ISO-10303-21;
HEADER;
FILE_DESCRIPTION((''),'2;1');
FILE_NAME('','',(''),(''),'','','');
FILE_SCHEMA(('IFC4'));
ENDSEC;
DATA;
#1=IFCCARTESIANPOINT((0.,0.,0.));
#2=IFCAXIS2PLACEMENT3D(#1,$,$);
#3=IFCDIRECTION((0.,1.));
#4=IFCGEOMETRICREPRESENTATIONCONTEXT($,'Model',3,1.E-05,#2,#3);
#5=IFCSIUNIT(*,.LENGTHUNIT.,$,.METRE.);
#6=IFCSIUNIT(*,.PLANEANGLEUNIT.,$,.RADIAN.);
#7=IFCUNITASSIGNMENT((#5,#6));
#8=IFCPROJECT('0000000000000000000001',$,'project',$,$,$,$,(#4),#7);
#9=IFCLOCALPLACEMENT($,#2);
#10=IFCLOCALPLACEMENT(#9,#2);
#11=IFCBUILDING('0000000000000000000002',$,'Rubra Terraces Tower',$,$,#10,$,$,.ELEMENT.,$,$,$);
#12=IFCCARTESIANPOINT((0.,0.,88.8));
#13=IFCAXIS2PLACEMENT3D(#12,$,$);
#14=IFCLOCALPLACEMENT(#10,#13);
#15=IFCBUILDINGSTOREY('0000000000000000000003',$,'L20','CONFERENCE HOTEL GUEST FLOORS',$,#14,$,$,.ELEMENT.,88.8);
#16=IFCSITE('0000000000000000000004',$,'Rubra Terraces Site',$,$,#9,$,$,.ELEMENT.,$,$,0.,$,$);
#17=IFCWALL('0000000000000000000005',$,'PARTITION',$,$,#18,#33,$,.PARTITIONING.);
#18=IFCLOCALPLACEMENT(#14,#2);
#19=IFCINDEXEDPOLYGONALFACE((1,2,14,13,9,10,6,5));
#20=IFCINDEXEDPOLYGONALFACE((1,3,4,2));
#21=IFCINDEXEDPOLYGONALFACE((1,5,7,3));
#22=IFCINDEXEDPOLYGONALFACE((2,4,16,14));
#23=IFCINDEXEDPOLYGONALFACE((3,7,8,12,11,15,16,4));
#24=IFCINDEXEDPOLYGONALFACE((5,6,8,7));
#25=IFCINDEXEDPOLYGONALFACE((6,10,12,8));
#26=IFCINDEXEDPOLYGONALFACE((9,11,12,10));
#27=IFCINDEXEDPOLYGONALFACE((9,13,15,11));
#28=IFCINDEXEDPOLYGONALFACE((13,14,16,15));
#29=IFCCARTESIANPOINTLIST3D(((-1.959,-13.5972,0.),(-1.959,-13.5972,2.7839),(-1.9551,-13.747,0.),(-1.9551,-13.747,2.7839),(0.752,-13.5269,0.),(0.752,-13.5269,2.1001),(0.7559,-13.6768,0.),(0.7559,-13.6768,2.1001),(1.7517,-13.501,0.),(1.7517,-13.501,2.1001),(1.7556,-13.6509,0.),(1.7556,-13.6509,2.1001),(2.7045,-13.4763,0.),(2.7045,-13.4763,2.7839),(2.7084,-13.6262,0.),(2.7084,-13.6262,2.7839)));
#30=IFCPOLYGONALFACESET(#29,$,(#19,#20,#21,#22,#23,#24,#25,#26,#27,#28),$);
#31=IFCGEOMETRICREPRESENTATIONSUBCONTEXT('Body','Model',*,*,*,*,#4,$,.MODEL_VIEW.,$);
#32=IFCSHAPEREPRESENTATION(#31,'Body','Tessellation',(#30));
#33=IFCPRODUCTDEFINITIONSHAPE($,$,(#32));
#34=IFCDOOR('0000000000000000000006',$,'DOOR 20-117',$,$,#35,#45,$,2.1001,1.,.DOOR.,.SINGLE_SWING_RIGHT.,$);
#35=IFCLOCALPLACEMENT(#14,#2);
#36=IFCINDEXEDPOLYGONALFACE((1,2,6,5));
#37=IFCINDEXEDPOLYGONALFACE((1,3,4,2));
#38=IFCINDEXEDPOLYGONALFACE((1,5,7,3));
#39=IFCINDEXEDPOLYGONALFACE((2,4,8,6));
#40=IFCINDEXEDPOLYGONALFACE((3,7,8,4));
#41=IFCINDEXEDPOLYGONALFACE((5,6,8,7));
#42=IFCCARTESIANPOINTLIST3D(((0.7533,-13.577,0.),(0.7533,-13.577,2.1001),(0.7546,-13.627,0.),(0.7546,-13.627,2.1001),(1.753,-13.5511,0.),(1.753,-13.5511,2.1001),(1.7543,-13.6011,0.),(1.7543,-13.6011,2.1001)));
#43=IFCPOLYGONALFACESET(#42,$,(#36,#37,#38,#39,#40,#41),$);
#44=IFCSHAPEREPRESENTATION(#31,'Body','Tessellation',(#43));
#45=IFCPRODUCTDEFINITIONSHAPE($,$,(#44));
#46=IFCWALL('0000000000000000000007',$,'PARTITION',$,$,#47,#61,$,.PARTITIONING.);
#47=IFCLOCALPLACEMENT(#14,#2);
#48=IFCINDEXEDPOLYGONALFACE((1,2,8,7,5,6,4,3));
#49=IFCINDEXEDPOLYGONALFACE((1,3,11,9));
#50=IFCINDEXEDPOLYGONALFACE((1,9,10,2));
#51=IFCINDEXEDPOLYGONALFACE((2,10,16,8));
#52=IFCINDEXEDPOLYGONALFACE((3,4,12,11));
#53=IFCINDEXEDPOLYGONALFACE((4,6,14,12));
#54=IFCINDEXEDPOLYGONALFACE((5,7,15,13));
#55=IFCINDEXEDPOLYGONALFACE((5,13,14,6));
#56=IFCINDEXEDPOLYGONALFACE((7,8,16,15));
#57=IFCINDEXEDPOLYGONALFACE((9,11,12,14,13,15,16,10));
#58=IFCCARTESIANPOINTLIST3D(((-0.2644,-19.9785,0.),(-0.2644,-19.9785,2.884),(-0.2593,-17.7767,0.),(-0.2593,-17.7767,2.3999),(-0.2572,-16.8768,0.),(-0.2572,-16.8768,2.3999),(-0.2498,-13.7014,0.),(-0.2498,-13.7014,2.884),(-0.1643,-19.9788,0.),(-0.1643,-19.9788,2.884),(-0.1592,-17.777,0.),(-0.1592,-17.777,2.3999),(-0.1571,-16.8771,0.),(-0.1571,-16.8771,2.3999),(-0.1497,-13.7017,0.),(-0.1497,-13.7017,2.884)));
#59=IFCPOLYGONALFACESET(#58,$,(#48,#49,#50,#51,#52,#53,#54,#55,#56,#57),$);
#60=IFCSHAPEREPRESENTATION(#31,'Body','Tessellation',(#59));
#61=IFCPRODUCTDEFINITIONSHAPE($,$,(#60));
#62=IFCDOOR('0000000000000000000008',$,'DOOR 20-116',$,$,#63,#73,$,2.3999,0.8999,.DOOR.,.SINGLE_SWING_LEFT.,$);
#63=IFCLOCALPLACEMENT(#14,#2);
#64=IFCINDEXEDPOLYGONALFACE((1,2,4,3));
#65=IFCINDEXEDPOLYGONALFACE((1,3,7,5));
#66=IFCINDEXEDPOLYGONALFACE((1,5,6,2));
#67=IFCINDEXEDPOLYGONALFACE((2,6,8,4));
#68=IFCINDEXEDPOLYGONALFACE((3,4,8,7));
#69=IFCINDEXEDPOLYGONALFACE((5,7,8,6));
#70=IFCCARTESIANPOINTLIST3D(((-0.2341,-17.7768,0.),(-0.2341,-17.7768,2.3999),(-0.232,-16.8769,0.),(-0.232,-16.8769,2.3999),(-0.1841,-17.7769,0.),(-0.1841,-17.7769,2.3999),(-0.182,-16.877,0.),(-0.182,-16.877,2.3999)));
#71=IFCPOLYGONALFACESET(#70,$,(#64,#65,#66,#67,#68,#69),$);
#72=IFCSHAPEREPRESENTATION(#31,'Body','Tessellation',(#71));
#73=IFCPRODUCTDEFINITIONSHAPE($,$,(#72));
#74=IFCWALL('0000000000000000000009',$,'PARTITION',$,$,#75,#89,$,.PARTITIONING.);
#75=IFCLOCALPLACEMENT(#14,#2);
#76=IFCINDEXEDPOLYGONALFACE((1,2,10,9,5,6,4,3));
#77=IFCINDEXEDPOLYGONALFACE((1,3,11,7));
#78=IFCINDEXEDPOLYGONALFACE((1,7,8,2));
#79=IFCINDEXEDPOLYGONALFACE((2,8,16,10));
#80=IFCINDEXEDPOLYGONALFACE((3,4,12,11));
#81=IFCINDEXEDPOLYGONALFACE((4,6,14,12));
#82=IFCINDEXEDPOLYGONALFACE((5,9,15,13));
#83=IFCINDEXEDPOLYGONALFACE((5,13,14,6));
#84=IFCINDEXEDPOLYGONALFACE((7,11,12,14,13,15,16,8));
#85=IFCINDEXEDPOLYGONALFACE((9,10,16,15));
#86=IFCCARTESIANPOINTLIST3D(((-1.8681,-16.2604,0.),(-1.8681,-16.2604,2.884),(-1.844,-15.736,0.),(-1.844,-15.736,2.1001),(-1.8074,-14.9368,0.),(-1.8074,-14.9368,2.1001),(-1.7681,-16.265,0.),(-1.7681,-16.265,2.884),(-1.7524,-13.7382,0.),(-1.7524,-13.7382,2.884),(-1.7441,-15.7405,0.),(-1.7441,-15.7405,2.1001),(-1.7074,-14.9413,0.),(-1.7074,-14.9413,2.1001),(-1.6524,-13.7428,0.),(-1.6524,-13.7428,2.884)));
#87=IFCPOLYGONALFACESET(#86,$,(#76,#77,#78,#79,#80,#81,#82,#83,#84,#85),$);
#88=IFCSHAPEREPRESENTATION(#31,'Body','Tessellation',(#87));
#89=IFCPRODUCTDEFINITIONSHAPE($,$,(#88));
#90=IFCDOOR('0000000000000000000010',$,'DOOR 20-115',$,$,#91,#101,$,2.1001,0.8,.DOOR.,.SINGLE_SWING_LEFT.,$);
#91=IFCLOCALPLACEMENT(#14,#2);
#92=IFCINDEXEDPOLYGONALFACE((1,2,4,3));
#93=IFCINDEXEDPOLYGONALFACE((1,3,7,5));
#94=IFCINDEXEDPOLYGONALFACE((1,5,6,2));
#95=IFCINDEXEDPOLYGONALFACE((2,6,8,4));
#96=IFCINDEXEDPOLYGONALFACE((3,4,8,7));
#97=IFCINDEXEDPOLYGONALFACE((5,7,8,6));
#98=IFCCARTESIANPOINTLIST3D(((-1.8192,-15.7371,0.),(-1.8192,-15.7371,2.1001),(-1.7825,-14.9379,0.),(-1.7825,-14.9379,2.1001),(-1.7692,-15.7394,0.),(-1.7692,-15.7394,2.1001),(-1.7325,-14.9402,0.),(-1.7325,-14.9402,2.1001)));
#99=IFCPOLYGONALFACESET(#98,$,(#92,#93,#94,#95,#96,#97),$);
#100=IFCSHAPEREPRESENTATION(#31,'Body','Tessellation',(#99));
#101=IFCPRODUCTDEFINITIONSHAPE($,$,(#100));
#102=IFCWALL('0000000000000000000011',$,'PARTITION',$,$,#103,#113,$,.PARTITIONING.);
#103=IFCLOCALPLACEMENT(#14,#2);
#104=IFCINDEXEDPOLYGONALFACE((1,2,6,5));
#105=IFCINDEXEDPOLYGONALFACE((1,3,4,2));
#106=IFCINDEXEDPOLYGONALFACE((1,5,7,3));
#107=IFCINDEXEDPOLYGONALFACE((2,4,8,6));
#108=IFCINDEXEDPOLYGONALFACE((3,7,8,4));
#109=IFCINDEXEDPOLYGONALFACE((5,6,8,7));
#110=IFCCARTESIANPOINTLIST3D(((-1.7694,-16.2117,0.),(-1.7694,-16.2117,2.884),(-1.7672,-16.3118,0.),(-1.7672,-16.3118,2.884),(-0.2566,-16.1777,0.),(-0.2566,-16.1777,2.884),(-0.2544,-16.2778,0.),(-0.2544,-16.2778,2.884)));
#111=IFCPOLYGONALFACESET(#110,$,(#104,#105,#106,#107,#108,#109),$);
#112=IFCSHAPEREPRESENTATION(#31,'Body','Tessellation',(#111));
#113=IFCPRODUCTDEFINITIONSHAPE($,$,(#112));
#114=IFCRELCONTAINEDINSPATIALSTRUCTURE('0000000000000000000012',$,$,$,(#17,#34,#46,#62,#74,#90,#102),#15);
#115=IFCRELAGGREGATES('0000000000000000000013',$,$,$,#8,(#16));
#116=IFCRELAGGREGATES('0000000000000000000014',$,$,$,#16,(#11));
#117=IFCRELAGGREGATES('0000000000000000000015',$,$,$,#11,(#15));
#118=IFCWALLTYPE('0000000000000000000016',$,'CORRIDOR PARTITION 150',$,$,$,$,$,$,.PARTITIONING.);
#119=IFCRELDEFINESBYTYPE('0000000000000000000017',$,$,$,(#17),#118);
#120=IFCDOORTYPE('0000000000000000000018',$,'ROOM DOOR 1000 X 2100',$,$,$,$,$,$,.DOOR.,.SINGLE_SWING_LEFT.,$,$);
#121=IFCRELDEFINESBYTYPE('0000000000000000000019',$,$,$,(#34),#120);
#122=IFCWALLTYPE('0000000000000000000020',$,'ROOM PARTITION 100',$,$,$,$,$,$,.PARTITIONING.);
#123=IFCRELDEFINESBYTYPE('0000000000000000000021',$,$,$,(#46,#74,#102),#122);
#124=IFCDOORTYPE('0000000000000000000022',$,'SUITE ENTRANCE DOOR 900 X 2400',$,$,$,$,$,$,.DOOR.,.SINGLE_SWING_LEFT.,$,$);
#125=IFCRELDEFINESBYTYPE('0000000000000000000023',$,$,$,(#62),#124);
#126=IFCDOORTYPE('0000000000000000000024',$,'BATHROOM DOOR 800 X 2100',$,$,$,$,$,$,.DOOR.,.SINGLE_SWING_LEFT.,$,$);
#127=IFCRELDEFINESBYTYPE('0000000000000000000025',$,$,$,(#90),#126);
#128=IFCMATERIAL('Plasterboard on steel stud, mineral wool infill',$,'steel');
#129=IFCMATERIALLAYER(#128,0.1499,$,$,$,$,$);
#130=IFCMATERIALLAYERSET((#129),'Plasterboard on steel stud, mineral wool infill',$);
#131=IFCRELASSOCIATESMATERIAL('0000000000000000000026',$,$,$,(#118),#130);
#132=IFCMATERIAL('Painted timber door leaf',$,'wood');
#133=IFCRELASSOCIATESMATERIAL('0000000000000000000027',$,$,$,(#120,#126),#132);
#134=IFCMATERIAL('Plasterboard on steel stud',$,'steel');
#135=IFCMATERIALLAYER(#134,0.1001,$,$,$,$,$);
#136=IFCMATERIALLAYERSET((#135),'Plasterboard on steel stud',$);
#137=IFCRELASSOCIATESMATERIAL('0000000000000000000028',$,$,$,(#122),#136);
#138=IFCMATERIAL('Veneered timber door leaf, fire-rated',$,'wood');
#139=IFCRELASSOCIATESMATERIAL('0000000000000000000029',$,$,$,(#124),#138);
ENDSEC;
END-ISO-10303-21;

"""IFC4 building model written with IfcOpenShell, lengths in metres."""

from ifc_helpers import new_model, si_unit, direction, frame, frame_2d, origin, place, context, subcontext, project, spatial, rectangle, extrude, material, layer, layer_set, type_object, element, fill, save


model = new_model("IFC4")

# Units and contexts
model_context = context("Model", 3, precision=1e-05, world=origin(), true_north=direction((0.0, 1.0)))
body_context = subcontext(model_context, "Body", "Model", "MODEL_VIEW")
ifc_project = project(units=[si_unit("LENGTHUNIT", "METRE"), si_unit("PLANEANGLEUNIT", "RADIAN")], contexts=[model_context])

# Site, building, storey
site_placement = place(None, origin())
site = spatial("IfcSite", under=ifc_project, at=site_placement, Name="Rubra Terraces Site", CompositionType="ELEMENT", RefElevation=0.0)
building_placement = place(site_placement, origin())
building = spatial("IfcBuilding", under=site, at=building_placement, Name="Rubra Terraces Tower", CompositionType="ELEMENT")
storey_placement = place(building_placement, frame((0.0, 0.0, 88.8)))
storey = spatial("IfcBuildingStorey", under=building, at=storey_placement, Name="L20", Description="CONFERENCE HOTEL GUEST FLOORS", CompositionType="ELEMENT", Elevation=88.8)

# Walls, openings, doors
ifc_material_1 = material(Name="Plasterboard on steel stud, mineral wool infill", Category="steel")
ifc_layer_1 = layer(ifc_material_1, 0.1499)
ifc_layer_set_1 = layer_set([ifc_layer_1], Name="Plasterboard on steel stud, mineral wool infill")
wall_type_1 = type_object("IfcWallType", Name="CORRIDOR PARTITION 150", PredefinedType="PARTITIONING", material=ifc_layer_set_1)
wall_1_placement = place(storey_placement, frame((-1.957, -13.6721, 0.0), z_axis=(0.0, 0.0, 1.0), x_axis=(0.999664, 0.025905, 0.0)))
wall_1 = element("IfcWall", 1, at=wall_1_placement, inside=storey, type_object=wall_type_1, Name="PARTITION", PredefinedType="PARTITIONING", context=body_context, shape_type="SweptSolid", body=[
    extrude(rectangle(XDim=4.665, YDim=0.1499, at=frame_2d((2.3325, 0.0))), origin(), (0.0, 0.0, 1.0), 2.7839),
])
opening_1_placement = place(wall_1_placement, frame((2.7119, 0.0, 0.0)))
opening_1 = element("IfcOpeningElement", 2, at=opening_1_placement, cuts=wall_1, PredefinedType="OPENING", context=body_context, shape_type="SweptSolid", body=[
    extrude(rectangle(XDim=1.0, YDim=2.1001, at=frame_2d((0.5, 1.05))), frame((0.0, 0.085, 0.0), z_axis=(0.0, -1.0, 0.0), x_axis=(1.0, 0.0, 0.0)), (0.0, 0.0, 1.0), 0.1699),
])
ifc_material_2 = material(Name="Painted timber door leaf", Category="wood")
door_type_1 = type_object("IfcDoorType", Name="ROOM DOOR 1000 X 2100", OperationType="SINGLE_SWING_LEFT", PredefinedType="DOOR", material=ifc_material_2)
door_1_placement = place(opening_1_placement, origin())
door_1 = element("IfcDoor", 3, at=door_1_placement, inside=storey, type_object=door_type_1, Name="DOOR 20-117", OperationType="SINGLE_SWING_RIGHT", OverallHeight=2.1001, OverallWidth=1.0, PredefinedType="DOOR", context=body_context, shape_type="SweptSolid", body=[
    extrude(rectangle(XDim=1.0, YDim=2.1001, at=frame_2d((0.5, 1.05))), frame((0.0, 0.0249, 0.0), z_axis=(0.0, -1.0, 0.0), x_axis=(1.0, 0.0, 0.0)), (0.0, 0.0, 1.0), 0.05),
])
fill(opening_1, door_1)
ifc_material_3 = material(Name="Plasterboard on steel stud", Category="steel")
ifc_layer_2 = layer(ifc_material_3, 0.1001)
ifc_layer_set_2 = layer_set([ifc_layer_2], Name="Plasterboard on steel stud")
wall_type_2 = type_object("IfcWallType", Name="ROOM PARTITION 100", PredefinedType="PARTITIONING", material=ifc_layer_set_2)
wall_2_placement = place(storey_placement, frame((-0.2144, -19.9788, 0.0), z_axis=(0.0, 0.0, 1.0), x_axis=(0.002334, 0.999997, 0.0)))
wall_2 = element("IfcWall", 4, at=wall_2_placement, inside=storey, type_object=wall_type_2, Name="PARTITION", PredefinedType="PARTITIONING", context=body_context, shape_type="SweptSolid", body=[
    extrude(rectangle(XDim=6.2771, YDim=0.1001, at=frame_2d((3.1387, 0.0))), origin(), (0.0, 0.0, 1.0), 2.884),
])
opening_2_placement = place(wall_2_placement, frame((2.2019, 0.0, 0.0)))
opening_2 = element("IfcOpeningElement", 5, at=opening_2_placement, cuts=wall_2, PredefinedType="OPENING", context=body_context, shape_type="SweptSolid", body=[
    extrude(rectangle(XDim=0.8999, YDim=2.3999, at=frame_2d((0.45, 1.2))), frame((0.0, 0.0601, 0.0), z_axis=(0.0, -1.0, 0.0), x_axis=(1.0, 0.0, 0.0)), (0.0, 0.0, 1.0), 0.1201),
])
ifc_material_4 = material(Name="Veneered timber door leaf, fire-rated", Category="wood")
door_type_2 = type_object("IfcDoorType", Name="SUITE ENTRANCE DOOR 900 X 2400", OperationType="SINGLE_SWING_LEFT", PredefinedType="DOOR", material=ifc_material_4)
door_2_placement = place(opening_2_placement, origin())
door_2 = element("IfcDoor", 6, at=door_2_placement, inside=storey, type_object=door_type_2, Name="DOOR 20-116", OperationType="SINGLE_SWING_LEFT", OverallHeight=2.3999, OverallWidth=0.8999, PredefinedType="DOOR", context=body_context, shape_type="SweptSolid", body=[
    extrude(rectangle(XDim=0.8999, YDim=2.3999, at=frame_2d((0.45, 1.2))), frame((0.0, 0.0249, 0.0), z_axis=(0.0, -1.0, 0.0), x_axis=(1.0, 0.0, 0.0)), (0.0, 0.0, 1.0), 0.05),
])
fill(opening_2, door_2)
wall_3_placement = place(storey_placement, frame((-1.7024, -13.7405, 0.0), z_axis=(0.0, 0.0, 1.0), x_axis=(-0.045833, -0.998949, 0.0)))
wall_3 = element("IfcWall", 7, at=wall_3_placement, inside=storey, type_object=wall_type_2, Name="PARTITION", PredefinedType="PARTITIONING", context=body_context, shape_type="SweptSolid", body=[
    extrude(rectangle(XDim=2.5249, YDim=0.1001, at=frame_2d((1.2625, 0.0))), origin(), (0.0, 0.0, 1.0), 2.884),
])
opening_3_placement = place(wall_3_placement, frame((1.2, 0.0, 0.0)))
opening_3 = element("IfcOpeningElement", 8, at=opening_3_placement, cuts=wall_3, PredefinedType="OPENING", context=body_context, shape_type="SweptSolid", body=[
    extrude(rectangle(XDim=0.8, YDim=2.1001, at=frame_2d((0.3999, 1.05))), frame((0.0, 0.0601, 0.0), z_axis=(0.0, -1.0, 0.0), x_axis=(1.0, 0.0, 0.0)), (0.0, 0.0, 1.0), 0.1201),
])
door_type_3 = type_object("IfcDoorType", Name="BATHROOM DOOR 800 X 2100", OperationType="SINGLE_SWING_LEFT", PredefinedType="DOOR", material=ifc_material_2)
door_3_placement = place(opening_3_placement, origin())
door_3 = element("IfcDoor", 9, at=door_3_placement, inside=storey, type_object=door_type_3, Name="DOOR 20-115", OperationType="SINGLE_SWING_LEFT", OverallHeight=2.1001, OverallWidth=0.8, PredefinedType="DOOR", context=body_context, shape_type="SweptSolid", body=[
    extrude(rectangle(XDim=0.8, YDim=2.1001, at=frame_2d((0.3999, 1.05))), frame((0.0, 0.0249, 0.0), z_axis=(0.0, -1.0, 0.0), x_axis=(1.0, 0.0, 0.0)), (0.0, 0.0, 1.0), 0.05),
])
fill(opening_3, door_3)

# Wall
wall_4_placement = place(storey_placement, frame((-1.7683, -16.2617, 0.0), z_axis=(0.0, 0.0, 1.0), x_axis=(0.999748, 0.022428, 0.0)))
element("IfcWall", 10, at=wall_4_placement, inside=storey, type_object=wall_type_2, Name="PARTITION", PredefinedType="PARTITIONING", context=body_context, shape_type="SweptSolid", body=[
    extrude(rectangle(XDim=1.5132, YDim=0.1001, at=frame_2d((0.7566, 0.0))), origin(), (0.0, 0.0, 1.0), 2.884),
])

save(model, "model.ifc")
